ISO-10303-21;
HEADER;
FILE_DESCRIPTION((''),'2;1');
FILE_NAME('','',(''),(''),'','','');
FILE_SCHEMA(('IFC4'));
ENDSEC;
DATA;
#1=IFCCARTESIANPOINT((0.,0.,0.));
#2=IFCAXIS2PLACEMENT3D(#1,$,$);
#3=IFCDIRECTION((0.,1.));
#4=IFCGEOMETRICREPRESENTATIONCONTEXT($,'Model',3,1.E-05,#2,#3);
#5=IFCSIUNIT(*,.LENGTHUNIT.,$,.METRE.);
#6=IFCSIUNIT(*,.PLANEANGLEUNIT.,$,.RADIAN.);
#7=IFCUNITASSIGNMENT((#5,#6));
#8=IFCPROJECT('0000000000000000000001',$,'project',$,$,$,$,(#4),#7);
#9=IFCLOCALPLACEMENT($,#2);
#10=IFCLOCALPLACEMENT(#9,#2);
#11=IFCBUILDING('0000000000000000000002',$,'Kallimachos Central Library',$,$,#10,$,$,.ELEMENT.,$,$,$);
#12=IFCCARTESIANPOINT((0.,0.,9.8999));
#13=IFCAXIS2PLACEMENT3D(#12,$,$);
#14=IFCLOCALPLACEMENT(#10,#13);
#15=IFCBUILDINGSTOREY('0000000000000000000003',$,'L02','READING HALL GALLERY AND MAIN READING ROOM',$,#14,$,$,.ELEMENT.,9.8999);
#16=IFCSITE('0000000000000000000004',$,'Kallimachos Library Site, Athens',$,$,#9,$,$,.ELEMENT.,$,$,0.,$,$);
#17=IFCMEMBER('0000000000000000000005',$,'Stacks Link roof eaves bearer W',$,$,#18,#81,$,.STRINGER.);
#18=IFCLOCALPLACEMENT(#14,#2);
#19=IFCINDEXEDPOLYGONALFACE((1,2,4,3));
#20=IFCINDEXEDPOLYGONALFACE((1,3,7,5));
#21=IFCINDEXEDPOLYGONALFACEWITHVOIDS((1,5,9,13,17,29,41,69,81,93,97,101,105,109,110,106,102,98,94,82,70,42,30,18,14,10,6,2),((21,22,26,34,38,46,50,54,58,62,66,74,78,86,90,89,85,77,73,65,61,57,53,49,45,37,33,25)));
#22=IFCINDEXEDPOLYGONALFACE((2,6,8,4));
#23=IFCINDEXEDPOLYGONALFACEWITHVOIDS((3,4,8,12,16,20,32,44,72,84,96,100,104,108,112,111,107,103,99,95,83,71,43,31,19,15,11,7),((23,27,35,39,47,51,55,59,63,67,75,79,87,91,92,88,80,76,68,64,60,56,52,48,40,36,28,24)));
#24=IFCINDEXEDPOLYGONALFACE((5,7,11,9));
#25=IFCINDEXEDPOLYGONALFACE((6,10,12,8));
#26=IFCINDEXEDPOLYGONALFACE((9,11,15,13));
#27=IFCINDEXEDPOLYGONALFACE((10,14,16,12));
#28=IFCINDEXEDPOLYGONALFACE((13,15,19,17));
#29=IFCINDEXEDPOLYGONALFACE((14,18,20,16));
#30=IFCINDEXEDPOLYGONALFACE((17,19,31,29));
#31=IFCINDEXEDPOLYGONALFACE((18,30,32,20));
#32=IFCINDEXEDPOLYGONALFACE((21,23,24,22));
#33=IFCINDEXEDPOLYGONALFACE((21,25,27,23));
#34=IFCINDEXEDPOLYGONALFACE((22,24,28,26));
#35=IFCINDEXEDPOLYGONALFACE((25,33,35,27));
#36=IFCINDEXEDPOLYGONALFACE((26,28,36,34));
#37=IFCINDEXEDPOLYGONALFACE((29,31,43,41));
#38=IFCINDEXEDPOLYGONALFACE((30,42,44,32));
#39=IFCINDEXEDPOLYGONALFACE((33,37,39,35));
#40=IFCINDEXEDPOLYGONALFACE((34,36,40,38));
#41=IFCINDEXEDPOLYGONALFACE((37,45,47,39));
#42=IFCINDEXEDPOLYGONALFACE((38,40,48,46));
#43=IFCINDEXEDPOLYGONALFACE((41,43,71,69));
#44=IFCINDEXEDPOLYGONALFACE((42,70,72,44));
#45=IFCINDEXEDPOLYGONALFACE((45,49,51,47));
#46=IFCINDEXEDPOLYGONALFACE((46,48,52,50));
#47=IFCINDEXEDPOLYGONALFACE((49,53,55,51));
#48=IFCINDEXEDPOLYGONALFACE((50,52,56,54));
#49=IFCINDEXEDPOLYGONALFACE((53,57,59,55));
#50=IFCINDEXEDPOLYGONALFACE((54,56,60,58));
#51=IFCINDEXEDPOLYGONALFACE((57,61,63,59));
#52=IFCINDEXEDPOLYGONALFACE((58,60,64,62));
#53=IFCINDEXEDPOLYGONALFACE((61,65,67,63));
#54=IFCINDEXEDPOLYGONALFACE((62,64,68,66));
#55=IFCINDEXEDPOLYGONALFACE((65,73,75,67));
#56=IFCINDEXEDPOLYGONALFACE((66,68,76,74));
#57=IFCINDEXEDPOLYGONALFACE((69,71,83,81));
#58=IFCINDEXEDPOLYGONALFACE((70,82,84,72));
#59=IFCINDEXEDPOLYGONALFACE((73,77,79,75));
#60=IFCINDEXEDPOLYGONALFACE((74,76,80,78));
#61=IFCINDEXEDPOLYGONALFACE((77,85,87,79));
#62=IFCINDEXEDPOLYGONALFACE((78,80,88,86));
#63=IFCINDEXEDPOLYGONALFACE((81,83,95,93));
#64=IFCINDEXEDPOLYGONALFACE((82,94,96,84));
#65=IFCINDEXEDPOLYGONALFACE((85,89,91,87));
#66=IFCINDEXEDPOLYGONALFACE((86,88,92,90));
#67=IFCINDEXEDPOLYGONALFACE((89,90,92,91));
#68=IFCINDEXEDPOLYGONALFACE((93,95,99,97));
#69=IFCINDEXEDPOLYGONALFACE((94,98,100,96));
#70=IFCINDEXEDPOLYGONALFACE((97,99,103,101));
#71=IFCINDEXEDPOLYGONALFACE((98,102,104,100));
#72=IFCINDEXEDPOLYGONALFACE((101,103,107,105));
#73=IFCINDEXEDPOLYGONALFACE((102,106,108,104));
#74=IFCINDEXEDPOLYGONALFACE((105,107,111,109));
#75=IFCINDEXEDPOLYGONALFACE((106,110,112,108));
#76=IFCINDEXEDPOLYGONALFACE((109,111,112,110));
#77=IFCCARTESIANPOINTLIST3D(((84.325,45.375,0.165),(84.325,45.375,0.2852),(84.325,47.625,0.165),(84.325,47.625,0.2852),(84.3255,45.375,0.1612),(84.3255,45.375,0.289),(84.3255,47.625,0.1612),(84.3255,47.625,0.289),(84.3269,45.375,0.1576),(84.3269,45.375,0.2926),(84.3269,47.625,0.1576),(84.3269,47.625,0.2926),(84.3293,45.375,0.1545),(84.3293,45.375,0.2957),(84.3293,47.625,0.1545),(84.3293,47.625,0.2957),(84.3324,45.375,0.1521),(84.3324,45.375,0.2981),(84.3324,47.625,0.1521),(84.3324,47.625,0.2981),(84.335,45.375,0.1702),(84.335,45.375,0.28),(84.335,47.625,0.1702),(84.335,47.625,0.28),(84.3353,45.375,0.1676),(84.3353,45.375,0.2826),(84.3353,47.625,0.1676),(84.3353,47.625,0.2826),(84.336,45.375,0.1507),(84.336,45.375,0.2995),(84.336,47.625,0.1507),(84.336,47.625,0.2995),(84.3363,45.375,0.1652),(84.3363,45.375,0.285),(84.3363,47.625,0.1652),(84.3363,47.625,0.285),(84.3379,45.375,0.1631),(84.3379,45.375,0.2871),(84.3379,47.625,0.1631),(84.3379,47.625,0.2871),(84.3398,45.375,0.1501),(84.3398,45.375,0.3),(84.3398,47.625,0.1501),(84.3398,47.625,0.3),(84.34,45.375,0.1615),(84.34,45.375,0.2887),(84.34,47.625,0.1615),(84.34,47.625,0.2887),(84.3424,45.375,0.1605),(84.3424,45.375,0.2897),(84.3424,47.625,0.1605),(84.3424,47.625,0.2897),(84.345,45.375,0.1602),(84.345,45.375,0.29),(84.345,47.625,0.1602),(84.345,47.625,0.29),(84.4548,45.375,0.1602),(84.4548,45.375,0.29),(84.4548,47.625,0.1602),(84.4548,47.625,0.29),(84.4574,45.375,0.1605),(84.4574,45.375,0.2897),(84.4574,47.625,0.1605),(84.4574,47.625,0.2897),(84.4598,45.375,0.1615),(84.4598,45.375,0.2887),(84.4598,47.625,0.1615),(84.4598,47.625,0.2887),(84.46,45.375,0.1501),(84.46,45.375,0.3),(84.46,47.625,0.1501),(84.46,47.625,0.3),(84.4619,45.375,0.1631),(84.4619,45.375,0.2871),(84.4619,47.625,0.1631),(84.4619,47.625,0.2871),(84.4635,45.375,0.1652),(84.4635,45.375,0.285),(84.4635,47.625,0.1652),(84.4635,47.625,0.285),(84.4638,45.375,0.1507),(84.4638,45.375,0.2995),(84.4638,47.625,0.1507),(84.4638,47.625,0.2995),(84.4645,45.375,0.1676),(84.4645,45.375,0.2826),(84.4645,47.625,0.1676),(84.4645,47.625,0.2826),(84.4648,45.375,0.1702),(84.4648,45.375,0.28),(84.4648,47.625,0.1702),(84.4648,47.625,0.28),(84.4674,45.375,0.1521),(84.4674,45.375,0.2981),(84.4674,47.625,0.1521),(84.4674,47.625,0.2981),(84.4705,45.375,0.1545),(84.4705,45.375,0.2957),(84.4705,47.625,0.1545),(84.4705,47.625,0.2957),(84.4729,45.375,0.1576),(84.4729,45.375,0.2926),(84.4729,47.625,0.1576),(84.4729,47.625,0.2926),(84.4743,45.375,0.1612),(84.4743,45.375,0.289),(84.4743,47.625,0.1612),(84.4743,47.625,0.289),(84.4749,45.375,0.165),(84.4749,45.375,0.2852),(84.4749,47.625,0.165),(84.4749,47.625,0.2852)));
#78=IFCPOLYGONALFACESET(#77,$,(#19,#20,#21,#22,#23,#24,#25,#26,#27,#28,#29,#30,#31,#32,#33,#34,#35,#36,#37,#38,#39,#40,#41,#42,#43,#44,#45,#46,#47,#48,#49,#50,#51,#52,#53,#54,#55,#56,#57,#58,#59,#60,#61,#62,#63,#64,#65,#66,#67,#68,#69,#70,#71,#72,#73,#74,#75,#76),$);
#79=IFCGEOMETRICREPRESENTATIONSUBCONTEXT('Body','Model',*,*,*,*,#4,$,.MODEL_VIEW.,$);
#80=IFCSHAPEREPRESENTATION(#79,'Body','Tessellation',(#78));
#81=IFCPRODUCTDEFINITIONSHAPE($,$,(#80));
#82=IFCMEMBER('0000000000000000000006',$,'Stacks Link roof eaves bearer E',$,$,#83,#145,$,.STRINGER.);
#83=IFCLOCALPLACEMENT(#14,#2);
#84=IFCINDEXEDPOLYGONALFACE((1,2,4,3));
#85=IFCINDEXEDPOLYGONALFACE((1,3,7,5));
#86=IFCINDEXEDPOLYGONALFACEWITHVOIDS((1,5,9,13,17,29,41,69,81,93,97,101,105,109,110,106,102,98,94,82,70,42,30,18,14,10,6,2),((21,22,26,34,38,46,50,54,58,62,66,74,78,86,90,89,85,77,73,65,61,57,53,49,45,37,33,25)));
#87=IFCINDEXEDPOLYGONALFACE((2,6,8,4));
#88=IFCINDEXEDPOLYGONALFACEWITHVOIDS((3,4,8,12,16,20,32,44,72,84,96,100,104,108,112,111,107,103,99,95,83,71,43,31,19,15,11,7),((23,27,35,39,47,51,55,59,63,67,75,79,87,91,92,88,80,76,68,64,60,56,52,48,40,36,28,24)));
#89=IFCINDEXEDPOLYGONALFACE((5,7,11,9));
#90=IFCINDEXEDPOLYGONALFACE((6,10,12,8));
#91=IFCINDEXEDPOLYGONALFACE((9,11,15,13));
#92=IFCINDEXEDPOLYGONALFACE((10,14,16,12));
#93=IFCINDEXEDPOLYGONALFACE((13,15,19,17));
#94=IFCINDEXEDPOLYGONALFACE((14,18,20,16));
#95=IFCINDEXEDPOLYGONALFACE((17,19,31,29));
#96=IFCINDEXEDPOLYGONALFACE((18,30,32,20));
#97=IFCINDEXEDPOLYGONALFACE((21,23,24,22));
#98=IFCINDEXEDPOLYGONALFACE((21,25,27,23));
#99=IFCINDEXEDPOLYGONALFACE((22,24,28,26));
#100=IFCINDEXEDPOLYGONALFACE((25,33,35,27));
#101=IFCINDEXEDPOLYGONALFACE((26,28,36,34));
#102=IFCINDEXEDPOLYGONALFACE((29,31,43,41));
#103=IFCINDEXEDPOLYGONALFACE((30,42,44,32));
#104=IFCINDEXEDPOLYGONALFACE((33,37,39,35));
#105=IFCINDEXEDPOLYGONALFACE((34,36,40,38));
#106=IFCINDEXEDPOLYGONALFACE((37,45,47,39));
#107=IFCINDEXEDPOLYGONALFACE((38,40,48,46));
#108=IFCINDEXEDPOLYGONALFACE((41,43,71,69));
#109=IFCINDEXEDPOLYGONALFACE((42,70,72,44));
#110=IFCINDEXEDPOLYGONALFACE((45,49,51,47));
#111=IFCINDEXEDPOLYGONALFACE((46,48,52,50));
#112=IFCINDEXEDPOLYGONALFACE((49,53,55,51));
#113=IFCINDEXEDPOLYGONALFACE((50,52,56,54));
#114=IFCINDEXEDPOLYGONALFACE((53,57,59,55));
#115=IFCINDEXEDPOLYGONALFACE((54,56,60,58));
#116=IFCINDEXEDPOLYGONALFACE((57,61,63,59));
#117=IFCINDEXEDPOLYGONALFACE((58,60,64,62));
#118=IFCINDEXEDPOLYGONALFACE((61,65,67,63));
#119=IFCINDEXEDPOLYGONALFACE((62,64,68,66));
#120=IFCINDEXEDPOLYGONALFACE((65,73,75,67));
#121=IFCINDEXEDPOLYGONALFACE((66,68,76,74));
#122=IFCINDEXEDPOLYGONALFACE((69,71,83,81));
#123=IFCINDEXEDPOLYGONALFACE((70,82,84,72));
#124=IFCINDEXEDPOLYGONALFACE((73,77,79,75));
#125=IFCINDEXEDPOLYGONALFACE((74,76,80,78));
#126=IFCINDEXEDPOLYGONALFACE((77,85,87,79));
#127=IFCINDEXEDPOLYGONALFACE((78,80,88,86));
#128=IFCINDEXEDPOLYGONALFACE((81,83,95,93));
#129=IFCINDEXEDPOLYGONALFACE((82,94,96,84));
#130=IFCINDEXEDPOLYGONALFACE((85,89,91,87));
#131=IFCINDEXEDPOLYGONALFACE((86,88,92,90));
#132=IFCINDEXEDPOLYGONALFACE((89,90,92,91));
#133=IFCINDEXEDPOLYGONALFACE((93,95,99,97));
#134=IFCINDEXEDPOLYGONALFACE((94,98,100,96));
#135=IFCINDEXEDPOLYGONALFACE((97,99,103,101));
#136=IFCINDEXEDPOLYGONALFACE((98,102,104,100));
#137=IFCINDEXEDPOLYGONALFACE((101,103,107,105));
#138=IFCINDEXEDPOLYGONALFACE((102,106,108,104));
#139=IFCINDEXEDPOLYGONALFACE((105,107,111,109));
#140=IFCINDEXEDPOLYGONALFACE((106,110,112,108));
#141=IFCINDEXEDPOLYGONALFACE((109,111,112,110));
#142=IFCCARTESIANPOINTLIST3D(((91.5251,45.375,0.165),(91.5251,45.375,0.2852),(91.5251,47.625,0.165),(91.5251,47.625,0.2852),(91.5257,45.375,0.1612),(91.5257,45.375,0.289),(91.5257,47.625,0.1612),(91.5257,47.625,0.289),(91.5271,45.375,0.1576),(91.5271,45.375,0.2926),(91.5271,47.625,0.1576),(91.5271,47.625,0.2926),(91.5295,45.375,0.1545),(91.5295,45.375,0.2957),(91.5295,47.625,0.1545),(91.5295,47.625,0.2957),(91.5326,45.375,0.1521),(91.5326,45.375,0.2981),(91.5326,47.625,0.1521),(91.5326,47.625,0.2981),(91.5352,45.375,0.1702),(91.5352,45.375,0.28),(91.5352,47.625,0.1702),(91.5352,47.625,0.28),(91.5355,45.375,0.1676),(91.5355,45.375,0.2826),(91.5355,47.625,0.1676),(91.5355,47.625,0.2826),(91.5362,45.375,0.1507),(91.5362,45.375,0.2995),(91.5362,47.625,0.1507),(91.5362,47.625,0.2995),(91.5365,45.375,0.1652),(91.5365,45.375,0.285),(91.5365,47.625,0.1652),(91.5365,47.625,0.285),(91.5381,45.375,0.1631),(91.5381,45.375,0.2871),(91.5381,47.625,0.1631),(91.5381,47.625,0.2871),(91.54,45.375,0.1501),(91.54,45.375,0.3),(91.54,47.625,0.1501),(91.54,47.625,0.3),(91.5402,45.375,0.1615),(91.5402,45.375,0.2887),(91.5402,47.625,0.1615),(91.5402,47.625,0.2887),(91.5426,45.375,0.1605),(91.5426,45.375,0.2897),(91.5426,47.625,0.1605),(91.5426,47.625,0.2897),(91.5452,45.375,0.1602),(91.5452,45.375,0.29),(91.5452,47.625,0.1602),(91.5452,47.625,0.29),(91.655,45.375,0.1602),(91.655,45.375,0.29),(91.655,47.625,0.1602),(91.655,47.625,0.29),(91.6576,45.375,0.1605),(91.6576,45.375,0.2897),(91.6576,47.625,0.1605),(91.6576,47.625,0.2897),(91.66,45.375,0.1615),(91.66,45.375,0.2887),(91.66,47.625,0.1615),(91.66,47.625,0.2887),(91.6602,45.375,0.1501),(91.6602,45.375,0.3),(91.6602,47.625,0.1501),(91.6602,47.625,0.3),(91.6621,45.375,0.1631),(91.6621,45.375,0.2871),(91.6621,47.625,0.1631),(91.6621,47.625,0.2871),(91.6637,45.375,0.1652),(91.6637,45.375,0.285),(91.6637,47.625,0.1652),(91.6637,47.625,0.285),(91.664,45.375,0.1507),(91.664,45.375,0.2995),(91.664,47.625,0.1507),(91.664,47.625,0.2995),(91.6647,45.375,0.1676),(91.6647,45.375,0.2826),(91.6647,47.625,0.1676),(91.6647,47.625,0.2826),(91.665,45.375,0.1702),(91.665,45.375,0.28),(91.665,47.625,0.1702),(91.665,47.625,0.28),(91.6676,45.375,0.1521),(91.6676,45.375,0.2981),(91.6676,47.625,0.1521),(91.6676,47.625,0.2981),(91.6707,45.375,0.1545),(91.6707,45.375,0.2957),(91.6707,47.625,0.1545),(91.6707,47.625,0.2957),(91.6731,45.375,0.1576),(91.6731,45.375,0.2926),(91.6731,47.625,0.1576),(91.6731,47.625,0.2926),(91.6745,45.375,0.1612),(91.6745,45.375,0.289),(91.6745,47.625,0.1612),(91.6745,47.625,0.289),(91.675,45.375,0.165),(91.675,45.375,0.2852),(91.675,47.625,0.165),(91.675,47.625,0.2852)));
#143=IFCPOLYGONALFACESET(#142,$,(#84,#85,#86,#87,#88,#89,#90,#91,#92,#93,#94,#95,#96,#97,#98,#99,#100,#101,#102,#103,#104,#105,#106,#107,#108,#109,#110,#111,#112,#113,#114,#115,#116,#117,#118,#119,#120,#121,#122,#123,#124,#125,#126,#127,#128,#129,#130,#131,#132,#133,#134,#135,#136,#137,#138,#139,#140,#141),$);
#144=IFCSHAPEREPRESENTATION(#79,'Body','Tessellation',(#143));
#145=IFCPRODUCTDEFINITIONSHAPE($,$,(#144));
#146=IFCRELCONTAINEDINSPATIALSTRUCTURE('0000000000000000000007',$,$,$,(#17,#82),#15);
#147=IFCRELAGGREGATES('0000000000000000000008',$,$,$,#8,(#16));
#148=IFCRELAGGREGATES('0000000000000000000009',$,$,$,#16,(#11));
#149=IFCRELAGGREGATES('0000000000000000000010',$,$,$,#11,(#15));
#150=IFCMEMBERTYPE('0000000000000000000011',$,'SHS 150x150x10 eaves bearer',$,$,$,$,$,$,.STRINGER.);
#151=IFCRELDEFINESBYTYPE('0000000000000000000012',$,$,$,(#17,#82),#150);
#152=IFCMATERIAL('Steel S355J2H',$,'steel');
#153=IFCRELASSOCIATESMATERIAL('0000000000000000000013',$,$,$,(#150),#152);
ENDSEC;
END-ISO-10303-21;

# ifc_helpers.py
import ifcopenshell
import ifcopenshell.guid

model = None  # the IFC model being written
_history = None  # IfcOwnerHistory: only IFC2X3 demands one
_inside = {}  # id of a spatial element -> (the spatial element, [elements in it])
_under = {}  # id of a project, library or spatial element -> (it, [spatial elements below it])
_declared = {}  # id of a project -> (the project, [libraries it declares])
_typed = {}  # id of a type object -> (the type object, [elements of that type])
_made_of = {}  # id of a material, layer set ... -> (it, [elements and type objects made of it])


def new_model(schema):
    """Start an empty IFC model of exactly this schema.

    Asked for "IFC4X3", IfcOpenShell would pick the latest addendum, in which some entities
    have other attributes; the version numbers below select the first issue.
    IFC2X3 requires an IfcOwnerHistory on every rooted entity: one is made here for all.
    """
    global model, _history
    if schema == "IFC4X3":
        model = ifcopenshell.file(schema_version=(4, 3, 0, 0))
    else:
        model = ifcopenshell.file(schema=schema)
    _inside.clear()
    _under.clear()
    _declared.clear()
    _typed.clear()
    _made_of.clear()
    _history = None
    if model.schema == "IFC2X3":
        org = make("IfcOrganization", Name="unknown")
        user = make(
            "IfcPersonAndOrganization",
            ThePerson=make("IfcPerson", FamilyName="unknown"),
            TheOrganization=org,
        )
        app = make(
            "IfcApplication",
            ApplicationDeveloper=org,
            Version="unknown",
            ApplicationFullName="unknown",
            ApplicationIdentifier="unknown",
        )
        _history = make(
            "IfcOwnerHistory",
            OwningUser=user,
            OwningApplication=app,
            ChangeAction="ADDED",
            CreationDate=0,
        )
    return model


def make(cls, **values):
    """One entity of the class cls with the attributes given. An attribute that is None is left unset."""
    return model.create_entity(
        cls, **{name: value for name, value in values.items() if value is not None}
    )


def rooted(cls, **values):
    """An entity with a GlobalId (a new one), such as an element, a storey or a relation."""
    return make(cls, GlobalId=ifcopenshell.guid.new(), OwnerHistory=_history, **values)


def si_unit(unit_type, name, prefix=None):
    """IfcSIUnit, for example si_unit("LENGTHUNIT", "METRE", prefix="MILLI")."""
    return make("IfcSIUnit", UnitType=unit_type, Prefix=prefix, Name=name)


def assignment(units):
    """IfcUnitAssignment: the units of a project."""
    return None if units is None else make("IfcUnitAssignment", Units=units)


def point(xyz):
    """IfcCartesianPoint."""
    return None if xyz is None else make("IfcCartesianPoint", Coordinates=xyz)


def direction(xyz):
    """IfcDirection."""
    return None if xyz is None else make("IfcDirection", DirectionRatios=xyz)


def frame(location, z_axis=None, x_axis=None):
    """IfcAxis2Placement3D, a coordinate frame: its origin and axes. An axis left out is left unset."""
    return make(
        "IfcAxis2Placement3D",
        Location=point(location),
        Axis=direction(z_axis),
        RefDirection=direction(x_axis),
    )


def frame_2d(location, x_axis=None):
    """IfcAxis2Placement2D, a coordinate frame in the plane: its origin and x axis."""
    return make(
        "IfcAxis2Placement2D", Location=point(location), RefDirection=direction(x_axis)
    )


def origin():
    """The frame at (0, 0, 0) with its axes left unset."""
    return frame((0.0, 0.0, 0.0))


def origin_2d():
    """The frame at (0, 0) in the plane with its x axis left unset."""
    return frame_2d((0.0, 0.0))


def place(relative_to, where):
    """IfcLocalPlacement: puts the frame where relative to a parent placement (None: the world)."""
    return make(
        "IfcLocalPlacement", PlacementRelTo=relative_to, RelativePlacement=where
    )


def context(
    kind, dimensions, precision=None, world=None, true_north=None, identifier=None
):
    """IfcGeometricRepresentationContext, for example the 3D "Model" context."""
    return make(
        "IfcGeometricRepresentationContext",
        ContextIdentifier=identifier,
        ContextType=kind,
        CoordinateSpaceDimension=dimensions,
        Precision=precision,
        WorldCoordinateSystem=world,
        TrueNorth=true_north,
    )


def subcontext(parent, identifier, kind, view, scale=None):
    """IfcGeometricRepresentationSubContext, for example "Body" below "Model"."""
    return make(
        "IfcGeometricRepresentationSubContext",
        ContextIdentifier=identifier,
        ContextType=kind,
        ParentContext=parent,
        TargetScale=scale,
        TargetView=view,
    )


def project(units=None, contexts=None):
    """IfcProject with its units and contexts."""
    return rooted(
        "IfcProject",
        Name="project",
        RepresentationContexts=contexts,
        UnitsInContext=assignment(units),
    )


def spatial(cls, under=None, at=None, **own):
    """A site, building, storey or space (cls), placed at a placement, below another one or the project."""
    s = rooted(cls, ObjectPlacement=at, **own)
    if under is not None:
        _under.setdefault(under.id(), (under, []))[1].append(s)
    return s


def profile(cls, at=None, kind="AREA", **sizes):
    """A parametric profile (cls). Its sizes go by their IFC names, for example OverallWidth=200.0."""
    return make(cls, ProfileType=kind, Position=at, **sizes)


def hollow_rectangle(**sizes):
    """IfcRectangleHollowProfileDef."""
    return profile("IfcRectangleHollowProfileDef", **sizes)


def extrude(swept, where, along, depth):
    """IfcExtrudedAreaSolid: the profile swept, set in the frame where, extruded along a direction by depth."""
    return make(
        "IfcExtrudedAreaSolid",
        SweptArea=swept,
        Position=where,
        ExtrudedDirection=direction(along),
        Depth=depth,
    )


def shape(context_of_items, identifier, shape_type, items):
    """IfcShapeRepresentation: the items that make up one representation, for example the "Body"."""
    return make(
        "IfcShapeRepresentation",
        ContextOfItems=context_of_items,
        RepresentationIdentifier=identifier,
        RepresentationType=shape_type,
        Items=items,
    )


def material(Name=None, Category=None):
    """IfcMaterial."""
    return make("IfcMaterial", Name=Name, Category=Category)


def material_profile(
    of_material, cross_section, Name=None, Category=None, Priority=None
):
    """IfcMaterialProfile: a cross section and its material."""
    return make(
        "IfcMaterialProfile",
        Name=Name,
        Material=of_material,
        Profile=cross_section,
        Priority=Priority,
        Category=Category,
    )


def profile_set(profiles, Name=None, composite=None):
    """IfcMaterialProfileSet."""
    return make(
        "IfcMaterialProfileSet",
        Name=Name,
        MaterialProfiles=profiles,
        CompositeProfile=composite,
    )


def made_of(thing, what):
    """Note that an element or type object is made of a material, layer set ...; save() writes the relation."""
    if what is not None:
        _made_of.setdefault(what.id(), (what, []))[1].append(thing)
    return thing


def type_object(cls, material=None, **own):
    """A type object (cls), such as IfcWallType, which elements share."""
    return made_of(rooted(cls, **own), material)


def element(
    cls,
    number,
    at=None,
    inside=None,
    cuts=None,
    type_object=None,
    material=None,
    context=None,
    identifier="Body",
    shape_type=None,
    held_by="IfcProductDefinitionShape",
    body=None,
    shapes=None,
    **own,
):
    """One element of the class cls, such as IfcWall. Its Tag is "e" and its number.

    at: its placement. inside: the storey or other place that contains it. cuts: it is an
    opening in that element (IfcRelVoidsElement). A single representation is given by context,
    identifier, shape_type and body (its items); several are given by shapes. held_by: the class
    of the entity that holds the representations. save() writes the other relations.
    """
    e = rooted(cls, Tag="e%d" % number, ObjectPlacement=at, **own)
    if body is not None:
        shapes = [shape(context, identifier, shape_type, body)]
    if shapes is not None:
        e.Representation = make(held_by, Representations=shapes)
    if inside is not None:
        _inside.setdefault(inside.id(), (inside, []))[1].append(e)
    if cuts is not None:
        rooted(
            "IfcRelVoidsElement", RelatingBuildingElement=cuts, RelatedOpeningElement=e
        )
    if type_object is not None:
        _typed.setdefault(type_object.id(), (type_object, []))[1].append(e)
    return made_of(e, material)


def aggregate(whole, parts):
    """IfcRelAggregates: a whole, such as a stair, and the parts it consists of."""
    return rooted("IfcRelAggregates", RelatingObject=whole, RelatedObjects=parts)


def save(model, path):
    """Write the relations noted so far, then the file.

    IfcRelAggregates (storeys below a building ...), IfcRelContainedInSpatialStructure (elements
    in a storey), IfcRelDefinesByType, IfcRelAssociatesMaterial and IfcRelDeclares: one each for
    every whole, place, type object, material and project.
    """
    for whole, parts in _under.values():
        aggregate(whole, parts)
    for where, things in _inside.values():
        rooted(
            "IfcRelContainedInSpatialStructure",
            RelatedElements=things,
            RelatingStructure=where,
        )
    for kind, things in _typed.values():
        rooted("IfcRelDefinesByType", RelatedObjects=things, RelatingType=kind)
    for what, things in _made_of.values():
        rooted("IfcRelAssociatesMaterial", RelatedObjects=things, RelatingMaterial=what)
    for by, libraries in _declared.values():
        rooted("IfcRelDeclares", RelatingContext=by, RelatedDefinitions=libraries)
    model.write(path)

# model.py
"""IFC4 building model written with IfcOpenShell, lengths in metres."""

from ifc_helpers import new_model, si_unit, direction, frame, origin, origin_2d, place, context, subcontext, project, spatial, hollow_rectangle, extrude, material, material_profile, profile_set, type_object, element, save


model = new_model("IFC4")

# Units and contexts
model_context = context("Model", 3, precision=1e-05, world=origin(), true_north=direction((0.0, 1.0)))
body_context = subcontext(model_context, "Body", "Model", "MODEL_VIEW")
ifc_project = project(units=[si_unit("LENGTHUNIT", "METRE"), si_unit("PLANEANGLEUNIT", "RADIAN")], contexts=[model_context])

# Site, building, storey
site_placement = place(None, origin())
site = spatial("IfcSite", under=ifc_project, at=site_placement, Name="Kallimachos Library Site, Athens", CompositionType="ELEMENT", RefElevation=0.0)
building_placement = place(site_placement, origin())
building = spatial("IfcBuilding", under=site, at=building_placement, Name="Kallimachos Central Library", CompositionType="ELEMENT")
storey_placement = place(building_placement, frame((0.0, 0.0, 9.8999)))
storey = spatial("IfcBuildingStorey", under=building, at=storey_placement, Name="L02", Description="READING HALL GALLERY AND MAIN READING ROOM", CompositionType="ELEMENT", Elevation=9.8999)

# Members
ifc_material_1 = material(Name="Steel S355J2H", Category="steel")
ifc_material_profile_1 = material_profile(ifc_material_1, hollow_rectangle(XDim=0.1499, YDim=0.1499, WallThickness=0.01, InnerFilletRadius=0.01, OuterFilletRadius=0.0149, at=origin_2d()), Name="SHS 150x150x10")
ifc_profile_set_1 = profile_set([ifc_material_profile_1], Name="Steel S355J2H")
member_type_1 = type_object("IfcMemberType", Name="SHS 150x150x10 eaves bearer", PredefinedType="STRINGER", material=ifc_profile_set_1)
for number, where, z_axis, x_axis, name in (
    (1, (84.3999, 45.375, 0.2251), (0.0, 1.0, 0.0), (-1.0, 0.0, 0.0), "Stacks Link roof eaves bearer W"),
    (2, (91.6001, 45.375, 0.2251), (0.0, 1.0, 0.0), (-1.0, 0.0, 0.0), "Stacks Link roof eaves bearer E"),
):
    element("IfcMember", number, at=place(storey_placement, frame(where, z_axis=z_axis, x_axis=x_axis)), inside=storey, type_object=member_type_1, Name=name, PredefinedType="STRINGER", context=body_context, shape_type="SweptSolid", body=[
        extrude(hollow_rectangle(XDim=0.1499, YDim=0.1499, WallThickness=0.01, InnerFilletRadius=0.01, OuterFilletRadius=0.0149, at=origin_2d()), origin(), (0.0, 0.0, 1.0), 2.25),
    ])

save(model, "model.ifc")
